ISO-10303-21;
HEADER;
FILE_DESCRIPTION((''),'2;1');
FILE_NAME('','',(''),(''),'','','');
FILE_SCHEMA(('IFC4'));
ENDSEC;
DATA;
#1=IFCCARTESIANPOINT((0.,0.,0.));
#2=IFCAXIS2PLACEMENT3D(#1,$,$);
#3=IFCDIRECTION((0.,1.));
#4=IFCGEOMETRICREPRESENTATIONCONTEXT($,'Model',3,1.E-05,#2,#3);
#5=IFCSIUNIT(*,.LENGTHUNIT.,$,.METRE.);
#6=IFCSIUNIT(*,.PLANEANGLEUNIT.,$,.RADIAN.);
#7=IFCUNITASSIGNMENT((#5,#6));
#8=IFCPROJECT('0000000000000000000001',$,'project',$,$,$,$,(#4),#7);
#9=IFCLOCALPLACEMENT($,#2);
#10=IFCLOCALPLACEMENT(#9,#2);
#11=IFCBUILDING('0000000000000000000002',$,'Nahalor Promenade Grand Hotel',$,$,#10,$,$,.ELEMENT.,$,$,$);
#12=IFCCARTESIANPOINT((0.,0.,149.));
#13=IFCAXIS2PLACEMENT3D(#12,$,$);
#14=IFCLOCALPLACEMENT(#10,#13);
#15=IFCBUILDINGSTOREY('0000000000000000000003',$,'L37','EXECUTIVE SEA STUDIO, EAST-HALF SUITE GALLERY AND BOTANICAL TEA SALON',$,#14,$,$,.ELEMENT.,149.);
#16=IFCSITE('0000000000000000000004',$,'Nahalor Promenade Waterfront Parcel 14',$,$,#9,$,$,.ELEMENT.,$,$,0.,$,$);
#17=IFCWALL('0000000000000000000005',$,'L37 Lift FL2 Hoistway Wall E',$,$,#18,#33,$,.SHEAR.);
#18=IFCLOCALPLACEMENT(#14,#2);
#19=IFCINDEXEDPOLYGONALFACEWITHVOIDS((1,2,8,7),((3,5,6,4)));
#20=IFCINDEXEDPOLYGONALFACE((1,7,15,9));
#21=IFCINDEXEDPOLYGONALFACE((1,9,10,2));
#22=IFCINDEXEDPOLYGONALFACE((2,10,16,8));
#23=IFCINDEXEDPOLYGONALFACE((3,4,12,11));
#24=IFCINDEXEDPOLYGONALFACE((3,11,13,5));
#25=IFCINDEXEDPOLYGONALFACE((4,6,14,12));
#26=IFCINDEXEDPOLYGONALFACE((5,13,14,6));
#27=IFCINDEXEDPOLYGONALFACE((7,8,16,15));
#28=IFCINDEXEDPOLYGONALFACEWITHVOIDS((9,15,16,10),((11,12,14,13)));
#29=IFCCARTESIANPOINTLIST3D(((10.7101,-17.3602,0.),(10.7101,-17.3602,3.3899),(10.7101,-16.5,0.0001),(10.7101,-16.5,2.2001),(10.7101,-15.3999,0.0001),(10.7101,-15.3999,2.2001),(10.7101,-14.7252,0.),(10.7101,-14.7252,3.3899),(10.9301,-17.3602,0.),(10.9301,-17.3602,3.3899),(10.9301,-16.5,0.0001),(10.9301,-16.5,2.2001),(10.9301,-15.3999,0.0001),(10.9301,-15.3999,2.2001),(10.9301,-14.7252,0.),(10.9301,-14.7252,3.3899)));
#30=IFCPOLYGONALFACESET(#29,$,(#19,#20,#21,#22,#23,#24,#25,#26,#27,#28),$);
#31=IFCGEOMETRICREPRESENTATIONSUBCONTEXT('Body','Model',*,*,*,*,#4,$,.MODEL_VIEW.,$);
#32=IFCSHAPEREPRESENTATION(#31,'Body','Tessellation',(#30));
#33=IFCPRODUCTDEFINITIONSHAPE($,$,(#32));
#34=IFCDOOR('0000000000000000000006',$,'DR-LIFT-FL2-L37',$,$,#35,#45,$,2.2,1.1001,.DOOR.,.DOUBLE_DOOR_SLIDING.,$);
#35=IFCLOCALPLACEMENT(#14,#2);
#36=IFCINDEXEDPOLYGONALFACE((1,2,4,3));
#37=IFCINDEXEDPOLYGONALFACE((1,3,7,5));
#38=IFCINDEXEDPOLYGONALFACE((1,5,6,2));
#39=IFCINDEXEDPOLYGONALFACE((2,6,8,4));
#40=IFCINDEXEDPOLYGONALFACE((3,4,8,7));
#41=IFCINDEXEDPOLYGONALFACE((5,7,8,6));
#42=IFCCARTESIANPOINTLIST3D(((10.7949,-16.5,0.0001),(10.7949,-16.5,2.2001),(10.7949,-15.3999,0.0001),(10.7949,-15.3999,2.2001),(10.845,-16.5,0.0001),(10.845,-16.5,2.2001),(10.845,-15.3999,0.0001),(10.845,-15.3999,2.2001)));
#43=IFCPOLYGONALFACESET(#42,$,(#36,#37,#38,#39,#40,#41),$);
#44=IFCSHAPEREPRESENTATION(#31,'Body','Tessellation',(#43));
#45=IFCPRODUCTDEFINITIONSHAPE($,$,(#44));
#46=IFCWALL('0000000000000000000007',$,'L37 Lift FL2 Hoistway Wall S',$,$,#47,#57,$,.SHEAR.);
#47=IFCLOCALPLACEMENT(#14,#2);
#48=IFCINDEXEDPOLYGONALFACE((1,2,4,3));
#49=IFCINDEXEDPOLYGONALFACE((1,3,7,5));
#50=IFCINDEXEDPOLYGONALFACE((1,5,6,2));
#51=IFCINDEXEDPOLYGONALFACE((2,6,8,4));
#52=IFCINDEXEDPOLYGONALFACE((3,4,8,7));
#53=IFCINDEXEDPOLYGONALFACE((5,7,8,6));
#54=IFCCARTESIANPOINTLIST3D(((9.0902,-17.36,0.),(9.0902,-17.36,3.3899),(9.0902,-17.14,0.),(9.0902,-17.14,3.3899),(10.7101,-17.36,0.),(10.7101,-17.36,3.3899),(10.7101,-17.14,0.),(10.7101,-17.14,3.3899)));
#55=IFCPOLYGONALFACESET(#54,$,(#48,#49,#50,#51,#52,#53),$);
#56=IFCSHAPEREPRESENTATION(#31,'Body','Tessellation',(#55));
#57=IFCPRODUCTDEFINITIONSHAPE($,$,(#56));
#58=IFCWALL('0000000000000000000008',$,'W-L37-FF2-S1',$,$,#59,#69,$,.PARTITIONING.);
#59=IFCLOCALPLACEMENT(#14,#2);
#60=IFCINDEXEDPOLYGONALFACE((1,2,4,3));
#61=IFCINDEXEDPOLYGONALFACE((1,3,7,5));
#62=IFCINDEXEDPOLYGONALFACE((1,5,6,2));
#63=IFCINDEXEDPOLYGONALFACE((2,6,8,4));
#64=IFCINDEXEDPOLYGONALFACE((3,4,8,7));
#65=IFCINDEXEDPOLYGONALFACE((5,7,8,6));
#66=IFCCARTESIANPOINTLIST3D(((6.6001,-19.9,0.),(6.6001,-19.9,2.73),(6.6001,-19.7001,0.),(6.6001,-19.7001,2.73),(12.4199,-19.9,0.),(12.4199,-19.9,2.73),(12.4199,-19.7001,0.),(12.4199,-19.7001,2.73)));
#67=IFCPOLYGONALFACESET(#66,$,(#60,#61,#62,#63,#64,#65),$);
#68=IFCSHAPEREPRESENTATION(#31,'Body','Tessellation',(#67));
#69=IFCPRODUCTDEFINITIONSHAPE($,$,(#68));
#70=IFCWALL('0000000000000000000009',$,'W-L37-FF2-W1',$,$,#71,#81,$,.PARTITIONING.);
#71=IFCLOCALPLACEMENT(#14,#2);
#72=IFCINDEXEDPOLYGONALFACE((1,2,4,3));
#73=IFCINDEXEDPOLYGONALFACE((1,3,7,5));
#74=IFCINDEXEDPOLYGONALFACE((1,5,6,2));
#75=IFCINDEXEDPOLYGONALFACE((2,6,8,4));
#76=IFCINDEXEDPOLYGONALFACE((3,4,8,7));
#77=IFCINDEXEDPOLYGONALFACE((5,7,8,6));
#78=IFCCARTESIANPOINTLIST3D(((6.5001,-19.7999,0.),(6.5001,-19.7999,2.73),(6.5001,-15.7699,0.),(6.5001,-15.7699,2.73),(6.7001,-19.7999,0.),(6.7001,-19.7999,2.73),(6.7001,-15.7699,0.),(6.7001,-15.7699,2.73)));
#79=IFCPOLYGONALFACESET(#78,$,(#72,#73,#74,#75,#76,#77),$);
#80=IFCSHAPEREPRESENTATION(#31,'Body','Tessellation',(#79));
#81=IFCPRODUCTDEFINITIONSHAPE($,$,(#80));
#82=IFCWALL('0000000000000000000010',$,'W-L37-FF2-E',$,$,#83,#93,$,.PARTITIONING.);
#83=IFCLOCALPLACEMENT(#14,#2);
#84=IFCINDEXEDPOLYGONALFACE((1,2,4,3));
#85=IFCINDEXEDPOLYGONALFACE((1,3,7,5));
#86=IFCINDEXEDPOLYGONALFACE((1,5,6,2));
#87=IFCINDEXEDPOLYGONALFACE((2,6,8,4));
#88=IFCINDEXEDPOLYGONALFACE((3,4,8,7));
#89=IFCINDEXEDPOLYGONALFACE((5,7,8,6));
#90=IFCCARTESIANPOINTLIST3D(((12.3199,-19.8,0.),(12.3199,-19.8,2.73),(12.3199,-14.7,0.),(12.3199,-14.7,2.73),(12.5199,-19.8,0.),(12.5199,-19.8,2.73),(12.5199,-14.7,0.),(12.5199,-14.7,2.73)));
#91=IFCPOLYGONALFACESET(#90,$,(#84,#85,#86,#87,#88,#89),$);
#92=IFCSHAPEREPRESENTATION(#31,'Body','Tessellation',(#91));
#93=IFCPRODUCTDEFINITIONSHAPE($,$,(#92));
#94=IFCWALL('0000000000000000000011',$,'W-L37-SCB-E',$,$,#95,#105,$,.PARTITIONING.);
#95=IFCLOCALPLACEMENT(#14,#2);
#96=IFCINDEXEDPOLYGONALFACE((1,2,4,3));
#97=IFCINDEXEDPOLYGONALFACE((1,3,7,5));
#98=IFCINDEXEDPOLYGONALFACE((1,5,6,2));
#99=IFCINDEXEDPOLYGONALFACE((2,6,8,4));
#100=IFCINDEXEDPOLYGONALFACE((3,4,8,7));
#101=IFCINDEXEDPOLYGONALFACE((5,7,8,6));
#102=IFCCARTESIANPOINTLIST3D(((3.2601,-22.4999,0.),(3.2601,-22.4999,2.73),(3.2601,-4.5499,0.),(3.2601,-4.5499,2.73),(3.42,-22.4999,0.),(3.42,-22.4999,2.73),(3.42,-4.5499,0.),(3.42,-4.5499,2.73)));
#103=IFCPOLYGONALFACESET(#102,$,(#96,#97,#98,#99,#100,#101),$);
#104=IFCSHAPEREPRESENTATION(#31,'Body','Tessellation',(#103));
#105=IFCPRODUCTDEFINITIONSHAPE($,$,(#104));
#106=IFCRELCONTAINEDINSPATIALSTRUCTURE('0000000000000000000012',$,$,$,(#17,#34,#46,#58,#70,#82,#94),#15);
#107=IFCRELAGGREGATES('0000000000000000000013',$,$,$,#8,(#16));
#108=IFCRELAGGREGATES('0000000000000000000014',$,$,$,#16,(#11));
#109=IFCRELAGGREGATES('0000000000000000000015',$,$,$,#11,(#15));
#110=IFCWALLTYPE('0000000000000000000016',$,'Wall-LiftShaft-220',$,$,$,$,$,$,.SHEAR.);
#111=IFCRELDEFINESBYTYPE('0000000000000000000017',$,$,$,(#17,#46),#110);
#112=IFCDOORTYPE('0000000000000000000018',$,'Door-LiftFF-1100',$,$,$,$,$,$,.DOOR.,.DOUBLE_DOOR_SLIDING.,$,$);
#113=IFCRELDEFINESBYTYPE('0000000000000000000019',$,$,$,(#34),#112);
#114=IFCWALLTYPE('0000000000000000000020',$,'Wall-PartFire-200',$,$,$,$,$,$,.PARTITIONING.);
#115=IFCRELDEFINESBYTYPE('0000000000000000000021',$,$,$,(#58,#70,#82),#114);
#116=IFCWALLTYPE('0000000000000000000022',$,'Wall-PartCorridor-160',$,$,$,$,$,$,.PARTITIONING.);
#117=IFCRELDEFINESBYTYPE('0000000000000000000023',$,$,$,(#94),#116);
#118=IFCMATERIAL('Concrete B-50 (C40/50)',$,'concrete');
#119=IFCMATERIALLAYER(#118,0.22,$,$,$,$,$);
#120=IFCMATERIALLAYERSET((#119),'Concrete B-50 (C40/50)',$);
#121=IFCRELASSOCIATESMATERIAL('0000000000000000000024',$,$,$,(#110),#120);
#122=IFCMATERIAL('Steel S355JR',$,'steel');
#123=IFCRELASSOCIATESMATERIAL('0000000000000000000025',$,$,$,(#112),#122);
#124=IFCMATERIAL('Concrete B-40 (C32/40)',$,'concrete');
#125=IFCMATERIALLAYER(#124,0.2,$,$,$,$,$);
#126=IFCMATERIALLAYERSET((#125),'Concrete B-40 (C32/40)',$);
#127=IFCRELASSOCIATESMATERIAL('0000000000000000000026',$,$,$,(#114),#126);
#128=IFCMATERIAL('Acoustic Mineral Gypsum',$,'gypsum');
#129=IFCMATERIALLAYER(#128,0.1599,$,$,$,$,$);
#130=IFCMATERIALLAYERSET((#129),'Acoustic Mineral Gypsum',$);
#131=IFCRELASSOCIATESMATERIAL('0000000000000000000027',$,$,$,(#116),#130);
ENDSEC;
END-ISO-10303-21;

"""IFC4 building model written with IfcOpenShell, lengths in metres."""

from ifc_helpers import new_model, si_unit, direction, frame, frame_2d, origin, place, context, subcontext, project, spatial, rectangle, extrude, source, transform, mapped, material, layer, layer_set, type_object, element, fill, save


model = new_model("IFC4")

# Units and contexts
model_context = context("Model", 3, precision=1e-05, world=origin(), true_north=direction((0.0, 1.0)))
body_context = subcontext(model_context, "Body", "Model", "MODEL_VIEW")
ifc_project = project(units=[si_unit("LENGTHUNIT", "METRE"), si_unit("PLANEANGLEUNIT", "RADIAN")], contexts=[model_context])

# Site, building, storey
site_placement = place(None, origin())
site = spatial("IfcSite", under=ifc_project, at=site_placement, Name="Nahalor Promenade Waterfront Parcel 14", CompositionType="ELEMENT", RefElevation=0.0)
building_placement = place(site_placement, origin())
building = spatial("IfcBuilding", under=site, at=building_placement, Name="Nahalor Promenade Grand Hotel", CompositionType="ELEMENT")
storey_placement = place(building_placement, frame((0.0, 0.0, 149.0)))
storey = spatial("IfcBuildingStorey", under=building, at=storey_placement, Name="L37", Description="EXECUTIVE SEA STUDIO, EAST-HALF SUITE GALLERY AND BOTANICAL TEA SALON", CompositionType="ELEMENT", Elevation=149.0)

# Shared definitions
ifc_material_1 = material(Name="Steel S355JR", Category="steel")

# Shared definitions
ifc_material_2 = material(Name="Concrete B-50 (C40/50)", Category="concrete")

# Shared definitions
ifc_layer_1 = layer(ifc_material_2, 0.22)
ifc_layer_set_1 = layer_set([ifc_layer_1], Name="Concrete B-50 (C40/50)")
wall_type_1 = type_object("IfcWallType", Name="Wall-LiftShaft-220", PredefinedType="SHEAR", material=ifc_layer_set_1)
shared_shape_1 = source(origin(), body_context, "Body", "SweptSolid", [
    extrude(rectangle(XDim=2.635, YDim=0.22, at=frame_2d((1.3174, 0.0))), origin(), (0.0, 0.0, 1.0), 3.3899),
])

# Wall, opening, door
wall_1_placement = place(storey_placement, frame((10.8201, -17.3601, 0.0), z_axis=(0.0, 0.0, 1.0), x_axis=(0.0, 1.0, 0.0)))
wall_1 = element("IfcWall", 1, at=wall_1_placement, inside=storey, type_object=wall_type_1, Name="L37 Lift FL2 Hoistway Wall E", PredefinedType="SHEAR", context=body_context, shape_type="MappedRepresentation", body=[
    mapped(shared_shape_1, transform((0.0, 0.0, 0.0), scale=1.0)),
])
opening_1_placement = place(wall_1_placement, frame((0.8601, 0.0, 0.0)))
opening_1 = element("IfcOpeningElement", 2, at=opening_1_placement, cuts=wall_1, PredefinedType="OPENING", context=body_context, shape_type="SweptSolid", body=[
    extrude(rectangle(XDim=1.1001, YDim=2.2, at=frame_2d((0.55, 1.1001))), frame((0.0, 0.1199, 0.0), z_axis=(0.0, -1.0, 0.0), x_axis=(1.0, 0.0, 0.0)), (0.0, 0.0, 1.0), 0.24),
])
door_type_1 = type_object("IfcDoorType", Name="Door-LiftFF-1100", OperationType="DOUBLE_DOOR_SLIDING", PredefinedType="DOOR", material=ifc_material_1)
shared_shape_2 = source(origin(), body_context, "Body", "SweptSolid", [
    extrude(rectangle(XDim=1.1001, YDim=2.2, at=frame_2d((0.55, 1.1001))), frame((0.0, 0.0249, 0.0), z_axis=(0.0, -1.0, 0.0), x_axis=(1.0, 0.0, 0.0)), (0.0, 0.0, 1.0), 0.05),
])
door_1_placement = place(opening_1_placement, frame((1.1001, 0.0, 0.0), z_axis=(0.0, 0.0, 1.0), x_axis=(-1.0, 0.0, 0.0)))
door_1 = element("IfcDoor", 3, at=door_1_placement, inside=storey, type_object=door_type_1, Name="DR-LIFT-FL2-L37", OperationType="DOUBLE_DOOR_SLIDING", OverallHeight=2.2, OverallWidth=1.1001, PredefinedType="DOOR", context=body_context, shape_type="MappedRepresentation", body=[
    mapped(shared_shape_2, transform((0.0, 0.0, 0.0), scale=1.0)),
])
fill(opening_1, door_1)

# Walls
shared_shape_3 = source(origin(), body_context, "Body", "SweptSolid", [
    extrude(rectangle(XDim=1.6199, YDim=0.22, at=frame_2d((0.8101, 0.0))), origin(), (0.0, 0.0, 1.0), 3.3899),
])
wall_2_placement = place(storey_placement, frame((9.0901, -17.25, 0.0), z_axis=(0.0, 0.0, 1.0), x_axis=(1.0, 0.0, 0.0)))
element("IfcWall", 4, at=wall_2_placement, inside=storey, type_object=wall_type_1, Name="L37 Lift FL2 Hoistway Wall S", PredefinedType="SHEAR", context=body_context, shape_type="MappedRepresentation", body=[
    mapped(shared_shape_3, transform((0.0, 0.0, 0.0), scale=1.0)),
])
ifc_material_3 = material(Name="Concrete B-40 (C32/40)", Category="concrete")
ifc_layer_2 = layer(ifc_material_3, 0.2)
ifc_layer_set_2 = layer_set([ifc_layer_2], Name="Concrete B-40 (C32/40)")
wall_type_2 = type_object("IfcWallType", Name="Wall-PartFire-200", PredefinedType="PARTITIONING", material=ifc_layer_set_2)
shared_shape_4 = source(origin(), body_context, "Body", "SweptSolid", [
    extrude(rectangle(XDim=5.8198, YDim=0.2, at=frame_2d((2.9099, 0.0))), origin(), (0.0, 0.0, 1.0), 2.73),
])
wall_3_placement = place(storey_placement, frame((6.6001, -19.8, 0.0), z_axis=(0.0, 0.0, 1.0), x_axis=(1.0, 0.0, 0.0)))
element("IfcWall", 5, at=wall_3_placement, inside=storey, type_object=wall_type_2, Name="W-L37-FF2-S1", PredefinedType="PARTITIONING", context=body_context, shape_type="MappedRepresentation", body=[
    mapped(shared_shape_4, transform((0.0, 0.0, 0.0), scale=1.0)),
])
shared_shape_5 = source(origin(), body_context, "Body", "SweptSolid", [
    extrude(rectangle(XDim=4.03, YDim=0.2, at=frame_2d((2.0151, 0.0))), origin(), (0.0, 0.0, 1.0), 2.73),
])
wall_4_placement = place(storey_placement, frame((6.6001, -19.8, 0.0), z_axis=(0.0, 0.0, 1.0), x_axis=(0.0, 1.0, 0.0)))
element("IfcWall", 6, at=wall_4_placement, inside=storey, type_object=wall_type_2, Name="W-L37-FF2-W1", PredefinedType="PARTITIONING", context=body_context, shape_type="MappedRepresentation", body=[
    mapped(shared_shape_5, transform((0.0, 0.0, 0.0), scale=1.0)),
])
shared_shape_6 = source(origin(), body_context, "Body", "SweptSolid", [
    extrude(rectangle(XDim=5.1001, YDim=0.2, at=frame_2d((2.55, 0.0))), origin(), (0.0, 0.0, 1.0), 2.73),
])
wall_5_placement = place(storey_placement, frame((12.4199, -19.8, 0.0), z_axis=(0.0, 0.0, 1.0), x_axis=(0.0, 1.0, 0.0)))
element("IfcWall", 7, at=wall_5_placement, inside=storey, type_object=wall_type_2, Name="W-L37-FF2-E", PredefinedType="PARTITIONING", context=body_context, shape_type="MappedRepresentation", body=[
    mapped(shared_shape_6, transform((0.0, 0.0, 0.0), scale=1.0)),
])
ifc_material_4 = material(Name="Acoustic Mineral Gypsum", Category="gypsum")
ifc_layer_3 = layer(ifc_material_4, 0.1599)
ifc_layer_set_3 = layer_set([ifc_layer_3], Name="Acoustic Mineral Gypsum")
wall_type_3 = type_object("IfcWallType", Name="Wall-PartCorridor-160", PredefinedType="PARTITIONING", material=ifc_layer_set_3)
shared_shape_7 = source(origin(), body_context, "Body", "SweptSolid", [
    extrude(rectangle(XDim=17.95, YDim=0.1599, at=frame_2d((8.9751, 0.0))), origin(), (0.0, 0.0, 1.0), 2.73),
])
wall_6_placement = place(storey_placement, frame((3.3401, -22.5, 0.0), z_axis=(0.0, 0.0, 1.0), x_axis=(0.0, 1.0, 0.0)))
element("IfcWall", 8, at=wall_6_placement, inside=storey, type_object=wall_type_3, Name="W-L37-SCB-E", PredefinedType="PARTITIONING", context=body_context, shape_type="MappedRepresentation", body=[
    mapped(shared_shape_7, transform((0.0, 0.0, 0.0), scale=1.0)),
])

save(model, "model.ifc")
